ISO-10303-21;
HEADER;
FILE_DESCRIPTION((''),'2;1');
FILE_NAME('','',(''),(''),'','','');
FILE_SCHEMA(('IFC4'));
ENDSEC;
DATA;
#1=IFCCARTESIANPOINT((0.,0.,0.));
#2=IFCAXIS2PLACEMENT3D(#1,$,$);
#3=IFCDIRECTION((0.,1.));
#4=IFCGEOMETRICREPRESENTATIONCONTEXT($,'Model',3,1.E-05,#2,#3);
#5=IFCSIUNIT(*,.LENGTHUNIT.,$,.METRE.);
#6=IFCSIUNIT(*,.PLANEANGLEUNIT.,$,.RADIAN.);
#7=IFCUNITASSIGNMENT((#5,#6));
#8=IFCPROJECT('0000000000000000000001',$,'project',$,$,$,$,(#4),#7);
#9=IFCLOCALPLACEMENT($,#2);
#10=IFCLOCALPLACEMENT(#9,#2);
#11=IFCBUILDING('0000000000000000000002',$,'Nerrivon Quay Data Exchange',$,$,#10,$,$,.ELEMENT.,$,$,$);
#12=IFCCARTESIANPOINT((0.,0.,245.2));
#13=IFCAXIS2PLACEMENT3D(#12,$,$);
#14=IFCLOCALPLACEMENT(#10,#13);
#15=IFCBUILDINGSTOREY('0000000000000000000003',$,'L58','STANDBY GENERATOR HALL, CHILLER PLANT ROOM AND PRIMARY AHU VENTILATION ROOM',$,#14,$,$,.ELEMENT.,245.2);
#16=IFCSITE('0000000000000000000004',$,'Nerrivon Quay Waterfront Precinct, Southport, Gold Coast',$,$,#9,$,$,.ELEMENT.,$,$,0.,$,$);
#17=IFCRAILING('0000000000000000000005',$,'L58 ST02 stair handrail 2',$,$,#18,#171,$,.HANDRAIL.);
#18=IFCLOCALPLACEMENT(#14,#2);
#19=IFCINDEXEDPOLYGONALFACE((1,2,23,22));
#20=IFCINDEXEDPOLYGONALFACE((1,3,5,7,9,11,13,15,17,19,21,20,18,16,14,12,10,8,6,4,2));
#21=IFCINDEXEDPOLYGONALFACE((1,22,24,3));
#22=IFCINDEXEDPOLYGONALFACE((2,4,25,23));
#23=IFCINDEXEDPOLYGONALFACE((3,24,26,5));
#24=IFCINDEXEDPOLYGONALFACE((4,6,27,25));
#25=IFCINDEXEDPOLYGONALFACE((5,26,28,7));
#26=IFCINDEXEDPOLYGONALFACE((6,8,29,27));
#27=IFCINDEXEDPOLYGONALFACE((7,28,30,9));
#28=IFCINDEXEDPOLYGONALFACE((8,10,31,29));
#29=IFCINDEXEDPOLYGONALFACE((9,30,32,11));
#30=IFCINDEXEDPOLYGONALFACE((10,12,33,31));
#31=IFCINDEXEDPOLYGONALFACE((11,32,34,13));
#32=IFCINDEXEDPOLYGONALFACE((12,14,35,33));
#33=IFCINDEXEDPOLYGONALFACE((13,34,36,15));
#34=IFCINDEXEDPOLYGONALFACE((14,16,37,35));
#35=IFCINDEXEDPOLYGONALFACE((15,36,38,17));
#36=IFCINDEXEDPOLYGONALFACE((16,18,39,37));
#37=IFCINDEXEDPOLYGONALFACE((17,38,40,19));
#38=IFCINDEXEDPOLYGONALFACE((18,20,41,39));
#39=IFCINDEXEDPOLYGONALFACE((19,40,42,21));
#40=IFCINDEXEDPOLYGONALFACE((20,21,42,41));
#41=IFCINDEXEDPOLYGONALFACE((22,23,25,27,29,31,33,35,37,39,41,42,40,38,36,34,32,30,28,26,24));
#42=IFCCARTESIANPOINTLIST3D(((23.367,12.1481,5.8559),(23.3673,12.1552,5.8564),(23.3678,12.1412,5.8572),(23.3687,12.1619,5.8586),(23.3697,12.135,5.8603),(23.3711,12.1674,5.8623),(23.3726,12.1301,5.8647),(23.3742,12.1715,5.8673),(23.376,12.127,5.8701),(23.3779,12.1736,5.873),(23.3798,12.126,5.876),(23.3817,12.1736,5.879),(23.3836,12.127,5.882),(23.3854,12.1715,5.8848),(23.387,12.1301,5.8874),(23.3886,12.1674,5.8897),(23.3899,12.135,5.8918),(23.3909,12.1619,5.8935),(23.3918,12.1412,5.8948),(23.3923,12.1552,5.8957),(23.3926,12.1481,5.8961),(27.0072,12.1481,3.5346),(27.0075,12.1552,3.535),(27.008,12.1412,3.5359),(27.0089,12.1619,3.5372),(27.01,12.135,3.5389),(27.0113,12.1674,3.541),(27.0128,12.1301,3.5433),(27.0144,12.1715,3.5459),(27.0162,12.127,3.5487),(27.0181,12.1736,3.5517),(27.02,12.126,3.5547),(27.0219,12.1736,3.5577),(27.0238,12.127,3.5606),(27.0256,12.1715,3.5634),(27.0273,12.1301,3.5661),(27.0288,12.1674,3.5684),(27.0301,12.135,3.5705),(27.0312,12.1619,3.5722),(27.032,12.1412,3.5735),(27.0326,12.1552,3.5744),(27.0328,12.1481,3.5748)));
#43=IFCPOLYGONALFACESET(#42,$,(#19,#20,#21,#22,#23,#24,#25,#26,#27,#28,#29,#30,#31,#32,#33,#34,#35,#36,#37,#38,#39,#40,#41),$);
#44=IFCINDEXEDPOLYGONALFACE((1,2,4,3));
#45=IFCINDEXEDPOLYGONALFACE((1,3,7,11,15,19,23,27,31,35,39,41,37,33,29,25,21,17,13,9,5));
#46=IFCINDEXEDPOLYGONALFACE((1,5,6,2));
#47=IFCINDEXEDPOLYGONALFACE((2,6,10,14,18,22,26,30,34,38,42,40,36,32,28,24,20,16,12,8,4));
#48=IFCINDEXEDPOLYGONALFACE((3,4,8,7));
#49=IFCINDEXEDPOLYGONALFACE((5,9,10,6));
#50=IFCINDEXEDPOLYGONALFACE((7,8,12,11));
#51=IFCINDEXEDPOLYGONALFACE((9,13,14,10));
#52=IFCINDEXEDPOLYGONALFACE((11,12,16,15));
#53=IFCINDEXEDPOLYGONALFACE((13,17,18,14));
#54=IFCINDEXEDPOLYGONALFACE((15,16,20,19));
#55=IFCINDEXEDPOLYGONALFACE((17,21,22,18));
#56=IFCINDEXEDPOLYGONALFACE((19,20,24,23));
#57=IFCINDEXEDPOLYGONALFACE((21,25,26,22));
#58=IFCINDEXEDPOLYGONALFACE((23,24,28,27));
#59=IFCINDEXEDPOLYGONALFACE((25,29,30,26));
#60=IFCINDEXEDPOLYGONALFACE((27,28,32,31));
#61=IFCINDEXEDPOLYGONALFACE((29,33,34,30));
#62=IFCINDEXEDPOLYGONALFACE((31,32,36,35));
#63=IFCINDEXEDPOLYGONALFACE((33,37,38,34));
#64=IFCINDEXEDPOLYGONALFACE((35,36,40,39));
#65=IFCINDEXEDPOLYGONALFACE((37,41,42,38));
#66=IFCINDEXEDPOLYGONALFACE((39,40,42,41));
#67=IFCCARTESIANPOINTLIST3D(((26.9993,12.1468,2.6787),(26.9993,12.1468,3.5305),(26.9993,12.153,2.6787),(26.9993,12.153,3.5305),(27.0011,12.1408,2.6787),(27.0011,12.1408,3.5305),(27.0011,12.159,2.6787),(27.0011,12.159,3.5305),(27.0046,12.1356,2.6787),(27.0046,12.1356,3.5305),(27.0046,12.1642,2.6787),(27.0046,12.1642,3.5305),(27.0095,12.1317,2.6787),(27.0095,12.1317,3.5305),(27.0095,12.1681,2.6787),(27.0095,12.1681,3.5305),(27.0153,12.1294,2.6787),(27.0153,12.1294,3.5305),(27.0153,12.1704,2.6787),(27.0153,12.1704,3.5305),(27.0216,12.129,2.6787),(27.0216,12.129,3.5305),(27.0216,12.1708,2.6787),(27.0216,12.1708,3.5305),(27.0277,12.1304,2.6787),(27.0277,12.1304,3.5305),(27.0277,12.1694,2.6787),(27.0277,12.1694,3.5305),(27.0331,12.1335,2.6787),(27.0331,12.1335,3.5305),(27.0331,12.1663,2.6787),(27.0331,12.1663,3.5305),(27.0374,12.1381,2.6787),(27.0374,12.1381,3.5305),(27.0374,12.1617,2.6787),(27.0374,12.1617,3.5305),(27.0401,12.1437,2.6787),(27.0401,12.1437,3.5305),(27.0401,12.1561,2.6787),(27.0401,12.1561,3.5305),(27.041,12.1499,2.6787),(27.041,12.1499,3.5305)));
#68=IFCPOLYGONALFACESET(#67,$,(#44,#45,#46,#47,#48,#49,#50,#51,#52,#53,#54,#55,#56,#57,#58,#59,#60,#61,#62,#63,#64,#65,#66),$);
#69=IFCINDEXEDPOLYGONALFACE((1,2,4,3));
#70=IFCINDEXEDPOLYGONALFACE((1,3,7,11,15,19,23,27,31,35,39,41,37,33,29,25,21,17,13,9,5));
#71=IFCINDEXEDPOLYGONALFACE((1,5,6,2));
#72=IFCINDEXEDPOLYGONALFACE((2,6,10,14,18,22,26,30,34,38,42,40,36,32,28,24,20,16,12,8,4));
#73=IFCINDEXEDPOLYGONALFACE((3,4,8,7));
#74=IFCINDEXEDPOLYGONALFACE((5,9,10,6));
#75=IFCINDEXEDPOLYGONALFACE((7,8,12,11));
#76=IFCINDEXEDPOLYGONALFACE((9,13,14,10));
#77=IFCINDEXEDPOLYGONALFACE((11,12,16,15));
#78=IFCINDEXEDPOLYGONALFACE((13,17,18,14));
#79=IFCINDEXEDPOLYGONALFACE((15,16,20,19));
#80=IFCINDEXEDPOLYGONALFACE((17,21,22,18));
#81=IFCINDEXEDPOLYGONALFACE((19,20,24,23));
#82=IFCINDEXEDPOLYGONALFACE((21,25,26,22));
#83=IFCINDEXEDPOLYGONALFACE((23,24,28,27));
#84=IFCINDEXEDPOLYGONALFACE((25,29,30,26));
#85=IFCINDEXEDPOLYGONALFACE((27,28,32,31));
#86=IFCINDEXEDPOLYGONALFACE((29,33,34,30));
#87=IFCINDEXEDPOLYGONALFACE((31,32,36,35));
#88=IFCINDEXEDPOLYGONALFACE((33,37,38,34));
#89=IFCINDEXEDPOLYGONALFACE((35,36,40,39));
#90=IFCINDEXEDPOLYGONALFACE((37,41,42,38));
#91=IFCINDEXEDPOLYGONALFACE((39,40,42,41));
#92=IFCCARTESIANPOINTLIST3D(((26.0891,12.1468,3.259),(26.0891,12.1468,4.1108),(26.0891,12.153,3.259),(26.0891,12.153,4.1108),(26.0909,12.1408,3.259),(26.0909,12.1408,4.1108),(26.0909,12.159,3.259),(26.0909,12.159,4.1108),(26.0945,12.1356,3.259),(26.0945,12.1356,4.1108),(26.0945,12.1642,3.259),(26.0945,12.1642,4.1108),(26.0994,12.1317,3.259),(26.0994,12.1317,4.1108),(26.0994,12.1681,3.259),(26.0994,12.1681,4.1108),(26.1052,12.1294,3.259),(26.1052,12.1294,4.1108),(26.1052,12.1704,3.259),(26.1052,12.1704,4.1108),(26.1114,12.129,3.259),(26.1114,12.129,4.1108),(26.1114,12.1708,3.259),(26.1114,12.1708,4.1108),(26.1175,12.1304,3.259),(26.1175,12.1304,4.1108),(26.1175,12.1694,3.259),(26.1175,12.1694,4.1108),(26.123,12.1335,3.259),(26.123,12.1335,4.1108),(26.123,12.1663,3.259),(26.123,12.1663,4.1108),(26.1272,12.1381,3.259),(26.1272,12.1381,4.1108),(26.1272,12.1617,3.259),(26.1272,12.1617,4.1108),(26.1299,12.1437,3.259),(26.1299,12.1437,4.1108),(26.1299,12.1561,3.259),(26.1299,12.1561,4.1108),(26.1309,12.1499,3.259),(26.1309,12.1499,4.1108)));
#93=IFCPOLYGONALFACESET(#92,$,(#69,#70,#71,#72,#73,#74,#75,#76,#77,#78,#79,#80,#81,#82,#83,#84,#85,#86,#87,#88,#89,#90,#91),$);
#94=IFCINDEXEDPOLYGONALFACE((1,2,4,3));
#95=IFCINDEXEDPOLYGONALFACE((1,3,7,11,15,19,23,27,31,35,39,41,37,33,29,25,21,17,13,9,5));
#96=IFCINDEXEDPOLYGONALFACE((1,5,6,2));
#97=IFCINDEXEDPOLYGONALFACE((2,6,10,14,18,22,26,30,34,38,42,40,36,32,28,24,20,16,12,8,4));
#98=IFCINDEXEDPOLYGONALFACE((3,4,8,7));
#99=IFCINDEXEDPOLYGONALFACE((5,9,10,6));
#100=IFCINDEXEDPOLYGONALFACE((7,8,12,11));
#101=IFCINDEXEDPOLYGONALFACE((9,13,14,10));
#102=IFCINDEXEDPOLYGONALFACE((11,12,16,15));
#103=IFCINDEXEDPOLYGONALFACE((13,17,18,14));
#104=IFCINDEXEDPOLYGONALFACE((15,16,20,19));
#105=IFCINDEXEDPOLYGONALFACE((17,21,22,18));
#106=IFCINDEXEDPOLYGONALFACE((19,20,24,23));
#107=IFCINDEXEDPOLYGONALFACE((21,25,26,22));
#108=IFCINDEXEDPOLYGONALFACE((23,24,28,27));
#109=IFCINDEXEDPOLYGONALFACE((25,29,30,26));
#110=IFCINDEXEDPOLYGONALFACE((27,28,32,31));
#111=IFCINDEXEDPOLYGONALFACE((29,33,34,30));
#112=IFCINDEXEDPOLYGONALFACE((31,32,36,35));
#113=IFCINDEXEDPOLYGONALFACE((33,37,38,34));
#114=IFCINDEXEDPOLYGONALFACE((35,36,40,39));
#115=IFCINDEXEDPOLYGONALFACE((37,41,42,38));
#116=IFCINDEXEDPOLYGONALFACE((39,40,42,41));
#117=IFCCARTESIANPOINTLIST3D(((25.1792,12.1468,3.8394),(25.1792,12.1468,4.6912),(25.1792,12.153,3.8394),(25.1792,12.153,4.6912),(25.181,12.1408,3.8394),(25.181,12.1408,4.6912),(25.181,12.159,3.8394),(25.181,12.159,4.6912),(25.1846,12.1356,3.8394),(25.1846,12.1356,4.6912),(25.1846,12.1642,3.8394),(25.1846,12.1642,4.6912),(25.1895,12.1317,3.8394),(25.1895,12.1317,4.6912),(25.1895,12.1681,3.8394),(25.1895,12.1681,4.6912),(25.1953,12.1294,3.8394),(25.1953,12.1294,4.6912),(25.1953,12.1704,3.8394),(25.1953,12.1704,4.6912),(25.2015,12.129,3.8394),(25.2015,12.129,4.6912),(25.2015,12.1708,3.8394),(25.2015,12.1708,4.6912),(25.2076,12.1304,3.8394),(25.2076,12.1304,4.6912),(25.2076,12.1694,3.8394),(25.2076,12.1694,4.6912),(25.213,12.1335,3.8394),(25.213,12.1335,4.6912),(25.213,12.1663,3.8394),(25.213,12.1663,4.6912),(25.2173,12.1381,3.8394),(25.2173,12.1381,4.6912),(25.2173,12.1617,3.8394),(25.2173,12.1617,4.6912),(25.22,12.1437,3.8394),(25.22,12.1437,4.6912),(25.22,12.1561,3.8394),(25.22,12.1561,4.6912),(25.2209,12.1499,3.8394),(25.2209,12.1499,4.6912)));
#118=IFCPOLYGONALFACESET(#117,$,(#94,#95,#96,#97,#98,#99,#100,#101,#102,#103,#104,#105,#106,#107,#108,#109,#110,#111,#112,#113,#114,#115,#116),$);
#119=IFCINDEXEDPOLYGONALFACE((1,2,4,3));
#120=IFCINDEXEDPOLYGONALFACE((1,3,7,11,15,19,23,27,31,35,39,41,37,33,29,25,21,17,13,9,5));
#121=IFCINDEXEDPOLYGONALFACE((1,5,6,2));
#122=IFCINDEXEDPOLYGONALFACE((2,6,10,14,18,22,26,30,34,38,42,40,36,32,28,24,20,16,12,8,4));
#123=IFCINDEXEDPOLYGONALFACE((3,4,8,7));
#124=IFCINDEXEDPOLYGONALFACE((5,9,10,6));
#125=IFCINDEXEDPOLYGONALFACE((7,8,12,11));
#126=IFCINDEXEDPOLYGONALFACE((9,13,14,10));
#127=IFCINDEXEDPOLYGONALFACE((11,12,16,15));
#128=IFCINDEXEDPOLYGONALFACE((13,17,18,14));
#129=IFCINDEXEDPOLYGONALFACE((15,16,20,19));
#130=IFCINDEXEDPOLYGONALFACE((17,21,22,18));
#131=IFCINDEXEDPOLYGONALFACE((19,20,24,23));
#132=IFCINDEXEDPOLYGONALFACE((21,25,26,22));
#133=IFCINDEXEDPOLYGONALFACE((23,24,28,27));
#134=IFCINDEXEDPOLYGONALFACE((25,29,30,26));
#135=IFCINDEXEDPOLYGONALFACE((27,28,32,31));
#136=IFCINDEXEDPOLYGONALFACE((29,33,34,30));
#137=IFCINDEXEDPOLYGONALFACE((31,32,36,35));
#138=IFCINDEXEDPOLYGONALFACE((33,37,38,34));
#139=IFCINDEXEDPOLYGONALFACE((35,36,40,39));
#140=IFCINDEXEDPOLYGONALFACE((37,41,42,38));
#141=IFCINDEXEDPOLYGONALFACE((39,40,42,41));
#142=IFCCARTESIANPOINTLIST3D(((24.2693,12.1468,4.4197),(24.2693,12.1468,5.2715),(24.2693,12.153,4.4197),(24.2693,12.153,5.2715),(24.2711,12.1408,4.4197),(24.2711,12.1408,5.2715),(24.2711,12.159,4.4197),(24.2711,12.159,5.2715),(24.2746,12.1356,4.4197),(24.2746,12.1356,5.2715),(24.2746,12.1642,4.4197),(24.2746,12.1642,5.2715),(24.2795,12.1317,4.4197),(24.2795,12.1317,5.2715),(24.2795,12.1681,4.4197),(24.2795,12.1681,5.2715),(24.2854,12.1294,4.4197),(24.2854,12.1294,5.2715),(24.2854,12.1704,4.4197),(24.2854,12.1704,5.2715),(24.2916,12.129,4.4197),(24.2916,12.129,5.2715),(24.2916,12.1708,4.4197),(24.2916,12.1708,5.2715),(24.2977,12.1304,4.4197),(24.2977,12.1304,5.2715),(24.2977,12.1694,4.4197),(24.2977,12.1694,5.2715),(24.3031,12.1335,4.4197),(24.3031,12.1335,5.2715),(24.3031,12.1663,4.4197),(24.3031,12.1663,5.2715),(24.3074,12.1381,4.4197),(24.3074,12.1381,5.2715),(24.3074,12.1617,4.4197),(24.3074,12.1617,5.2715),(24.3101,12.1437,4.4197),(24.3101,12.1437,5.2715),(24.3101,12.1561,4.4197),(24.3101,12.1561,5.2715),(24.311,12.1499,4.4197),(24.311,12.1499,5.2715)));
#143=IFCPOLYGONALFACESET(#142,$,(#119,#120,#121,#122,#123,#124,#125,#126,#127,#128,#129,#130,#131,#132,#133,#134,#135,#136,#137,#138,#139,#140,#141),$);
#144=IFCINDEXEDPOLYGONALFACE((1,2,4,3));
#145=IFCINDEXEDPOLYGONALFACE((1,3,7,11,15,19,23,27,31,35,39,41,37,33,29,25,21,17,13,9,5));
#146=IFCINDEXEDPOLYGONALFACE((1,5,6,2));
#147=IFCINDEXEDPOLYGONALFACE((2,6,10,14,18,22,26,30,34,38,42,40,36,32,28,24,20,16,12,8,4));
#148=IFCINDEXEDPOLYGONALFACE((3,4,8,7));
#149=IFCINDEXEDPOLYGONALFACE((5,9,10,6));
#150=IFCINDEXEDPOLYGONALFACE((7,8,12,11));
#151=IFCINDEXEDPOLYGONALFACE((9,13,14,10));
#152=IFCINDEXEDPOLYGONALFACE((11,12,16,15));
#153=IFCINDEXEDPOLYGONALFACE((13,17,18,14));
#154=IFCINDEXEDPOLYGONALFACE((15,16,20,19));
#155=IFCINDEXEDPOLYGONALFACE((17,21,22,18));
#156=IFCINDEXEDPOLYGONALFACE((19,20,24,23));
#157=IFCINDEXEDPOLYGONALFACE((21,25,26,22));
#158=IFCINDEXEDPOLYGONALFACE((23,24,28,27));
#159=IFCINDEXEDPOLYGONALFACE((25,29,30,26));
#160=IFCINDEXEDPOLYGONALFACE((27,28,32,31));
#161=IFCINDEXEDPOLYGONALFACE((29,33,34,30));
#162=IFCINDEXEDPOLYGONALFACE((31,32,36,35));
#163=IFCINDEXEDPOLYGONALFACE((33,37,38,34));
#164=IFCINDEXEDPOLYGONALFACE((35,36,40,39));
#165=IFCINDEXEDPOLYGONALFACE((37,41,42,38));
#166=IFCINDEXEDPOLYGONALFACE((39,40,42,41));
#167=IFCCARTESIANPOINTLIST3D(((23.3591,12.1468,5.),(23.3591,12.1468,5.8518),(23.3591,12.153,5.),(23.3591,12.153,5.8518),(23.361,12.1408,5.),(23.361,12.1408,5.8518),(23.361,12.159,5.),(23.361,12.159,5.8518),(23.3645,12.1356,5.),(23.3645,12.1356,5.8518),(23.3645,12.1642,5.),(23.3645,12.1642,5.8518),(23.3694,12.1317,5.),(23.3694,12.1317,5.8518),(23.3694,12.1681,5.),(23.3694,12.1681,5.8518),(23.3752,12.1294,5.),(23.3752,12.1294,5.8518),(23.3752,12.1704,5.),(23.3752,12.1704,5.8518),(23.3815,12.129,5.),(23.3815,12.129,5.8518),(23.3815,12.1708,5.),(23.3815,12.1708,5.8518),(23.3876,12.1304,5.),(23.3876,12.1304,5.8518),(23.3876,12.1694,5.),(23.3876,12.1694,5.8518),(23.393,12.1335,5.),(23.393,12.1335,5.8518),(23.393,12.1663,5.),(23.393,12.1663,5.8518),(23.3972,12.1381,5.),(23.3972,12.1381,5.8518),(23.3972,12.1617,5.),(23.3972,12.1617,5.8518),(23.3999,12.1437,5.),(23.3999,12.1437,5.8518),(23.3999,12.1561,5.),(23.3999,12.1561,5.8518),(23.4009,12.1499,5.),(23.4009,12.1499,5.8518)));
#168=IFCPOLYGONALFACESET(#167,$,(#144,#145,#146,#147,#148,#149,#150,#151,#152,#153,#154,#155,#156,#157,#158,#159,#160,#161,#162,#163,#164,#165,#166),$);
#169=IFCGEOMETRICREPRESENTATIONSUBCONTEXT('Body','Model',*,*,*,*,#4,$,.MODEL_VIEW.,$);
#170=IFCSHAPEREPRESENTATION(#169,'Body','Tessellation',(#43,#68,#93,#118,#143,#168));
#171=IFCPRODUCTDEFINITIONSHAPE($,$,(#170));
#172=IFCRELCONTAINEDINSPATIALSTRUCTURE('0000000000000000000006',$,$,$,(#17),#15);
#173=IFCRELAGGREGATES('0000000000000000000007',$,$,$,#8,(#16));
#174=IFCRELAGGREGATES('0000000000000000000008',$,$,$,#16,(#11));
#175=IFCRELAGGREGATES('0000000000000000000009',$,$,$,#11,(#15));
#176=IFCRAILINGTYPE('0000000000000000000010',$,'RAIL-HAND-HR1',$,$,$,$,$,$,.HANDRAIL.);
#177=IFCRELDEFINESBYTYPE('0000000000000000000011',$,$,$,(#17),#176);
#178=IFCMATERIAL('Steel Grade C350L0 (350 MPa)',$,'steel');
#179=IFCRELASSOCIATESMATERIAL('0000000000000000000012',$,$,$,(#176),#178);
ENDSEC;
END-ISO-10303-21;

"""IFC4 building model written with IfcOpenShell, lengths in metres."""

from ifc_helpers import new_model, si_unit, direction, frame, origin, origin_2d, place, context, subcontext, project, spatial, circle, extrude, material, type_object, element, save


model = new_model("IFC4")

# Units and contexts
model_context = context("Model", 3, precision=1e-05, world=origin(), true_north=direction((0.0, 1.0)))
body_context = subcontext(model_context, "Body", "Model", "MODEL_VIEW")
ifc_project = project(units=[si_unit("LENGTHUNIT", "METRE"), si_unit("PLANEANGLEUNIT", "RADIAN")], contexts=[model_context])

# Site, building, storey
site_placement = place(None, origin())
site = spatial("IfcSite", under=ifc_project, at=site_placement, Name="Nerrivon Quay Waterfront Precinct, Southport, Gold Coast", CompositionType="ELEMENT", RefElevation=0.0)
building_placement = place(site_placement, origin())
building = spatial("IfcBuilding", under=site, at=building_placement, Name="Nerrivon Quay Data Exchange", CompositionType="ELEMENT")
storey_placement = place(building_placement, frame((0.0, 0.0, 245.2)))
storey = spatial("IfcBuildingStorey", under=building, at=storey_placement, Name="L58", Description="STANDBY GENERATOR HALL, CHILLER PLANT ROOM AND PRIMARY AHU VENTILATION ROOM", CompositionType="ELEMENT", Elevation=245.2)

# Shared definitions
ifc_material_1 = material(Name="Steel Grade C350L0 (350 MPa)", Category="steel")

# Railing
railing_type_1 = type_object("IfcRailingType", Name="RAIL-HAND-HR1", PredefinedType="HANDRAIL", material=ifc_material_1)
railing_1_placement = place(storey_placement, frame((27.02, 12.1499, 2.6787)))
element("IfcRailing", 1, at=railing_1_placement, inside=storey, type_object=railing_type_1, Name="L58 ST02 stair handrail 2", PredefinedType="HANDRAIL", context=body_context, shape_type="SweptSolid", body=[
    extrude(circle(Radius=0.0239, at=origin_2d()), frame((0.0, 0.0, 0.876), z_axis=(-0.843153, 0.0, 0.537673), x_axis=(0.0, -1.0, 0.0)), (0.0, 0.0, 1.0), 4.3174),
    extrude(circle(Radius=0.021, at=origin_2d()), origin(), (0.0, 0.0, 1.0), 0.8518),
    extrude(circle(Radius=0.021, at=origin_2d()), frame((-0.9102, 0.0, 0.5803)), (0.0, 0.0, 1.0), 0.8518),
    extrude(circle(Radius=0.021, at=origin_2d()), frame((-1.8201, 0.0, 1.1606)), (0.0, 0.0, 1.0), 0.8518),
    extrude(circle(Radius=0.021, at=origin_2d()), frame((-2.73, 0.0, 1.741)), (0.0, 0.0, 1.0), 0.8518),
    extrude(circle(Radius=0.021, at=origin_2d()), frame((-3.6401, 0.0, 2.3213)), (0.0, 0.0, 1.0), 0.8518),
])

save(model, "model.ifc")
